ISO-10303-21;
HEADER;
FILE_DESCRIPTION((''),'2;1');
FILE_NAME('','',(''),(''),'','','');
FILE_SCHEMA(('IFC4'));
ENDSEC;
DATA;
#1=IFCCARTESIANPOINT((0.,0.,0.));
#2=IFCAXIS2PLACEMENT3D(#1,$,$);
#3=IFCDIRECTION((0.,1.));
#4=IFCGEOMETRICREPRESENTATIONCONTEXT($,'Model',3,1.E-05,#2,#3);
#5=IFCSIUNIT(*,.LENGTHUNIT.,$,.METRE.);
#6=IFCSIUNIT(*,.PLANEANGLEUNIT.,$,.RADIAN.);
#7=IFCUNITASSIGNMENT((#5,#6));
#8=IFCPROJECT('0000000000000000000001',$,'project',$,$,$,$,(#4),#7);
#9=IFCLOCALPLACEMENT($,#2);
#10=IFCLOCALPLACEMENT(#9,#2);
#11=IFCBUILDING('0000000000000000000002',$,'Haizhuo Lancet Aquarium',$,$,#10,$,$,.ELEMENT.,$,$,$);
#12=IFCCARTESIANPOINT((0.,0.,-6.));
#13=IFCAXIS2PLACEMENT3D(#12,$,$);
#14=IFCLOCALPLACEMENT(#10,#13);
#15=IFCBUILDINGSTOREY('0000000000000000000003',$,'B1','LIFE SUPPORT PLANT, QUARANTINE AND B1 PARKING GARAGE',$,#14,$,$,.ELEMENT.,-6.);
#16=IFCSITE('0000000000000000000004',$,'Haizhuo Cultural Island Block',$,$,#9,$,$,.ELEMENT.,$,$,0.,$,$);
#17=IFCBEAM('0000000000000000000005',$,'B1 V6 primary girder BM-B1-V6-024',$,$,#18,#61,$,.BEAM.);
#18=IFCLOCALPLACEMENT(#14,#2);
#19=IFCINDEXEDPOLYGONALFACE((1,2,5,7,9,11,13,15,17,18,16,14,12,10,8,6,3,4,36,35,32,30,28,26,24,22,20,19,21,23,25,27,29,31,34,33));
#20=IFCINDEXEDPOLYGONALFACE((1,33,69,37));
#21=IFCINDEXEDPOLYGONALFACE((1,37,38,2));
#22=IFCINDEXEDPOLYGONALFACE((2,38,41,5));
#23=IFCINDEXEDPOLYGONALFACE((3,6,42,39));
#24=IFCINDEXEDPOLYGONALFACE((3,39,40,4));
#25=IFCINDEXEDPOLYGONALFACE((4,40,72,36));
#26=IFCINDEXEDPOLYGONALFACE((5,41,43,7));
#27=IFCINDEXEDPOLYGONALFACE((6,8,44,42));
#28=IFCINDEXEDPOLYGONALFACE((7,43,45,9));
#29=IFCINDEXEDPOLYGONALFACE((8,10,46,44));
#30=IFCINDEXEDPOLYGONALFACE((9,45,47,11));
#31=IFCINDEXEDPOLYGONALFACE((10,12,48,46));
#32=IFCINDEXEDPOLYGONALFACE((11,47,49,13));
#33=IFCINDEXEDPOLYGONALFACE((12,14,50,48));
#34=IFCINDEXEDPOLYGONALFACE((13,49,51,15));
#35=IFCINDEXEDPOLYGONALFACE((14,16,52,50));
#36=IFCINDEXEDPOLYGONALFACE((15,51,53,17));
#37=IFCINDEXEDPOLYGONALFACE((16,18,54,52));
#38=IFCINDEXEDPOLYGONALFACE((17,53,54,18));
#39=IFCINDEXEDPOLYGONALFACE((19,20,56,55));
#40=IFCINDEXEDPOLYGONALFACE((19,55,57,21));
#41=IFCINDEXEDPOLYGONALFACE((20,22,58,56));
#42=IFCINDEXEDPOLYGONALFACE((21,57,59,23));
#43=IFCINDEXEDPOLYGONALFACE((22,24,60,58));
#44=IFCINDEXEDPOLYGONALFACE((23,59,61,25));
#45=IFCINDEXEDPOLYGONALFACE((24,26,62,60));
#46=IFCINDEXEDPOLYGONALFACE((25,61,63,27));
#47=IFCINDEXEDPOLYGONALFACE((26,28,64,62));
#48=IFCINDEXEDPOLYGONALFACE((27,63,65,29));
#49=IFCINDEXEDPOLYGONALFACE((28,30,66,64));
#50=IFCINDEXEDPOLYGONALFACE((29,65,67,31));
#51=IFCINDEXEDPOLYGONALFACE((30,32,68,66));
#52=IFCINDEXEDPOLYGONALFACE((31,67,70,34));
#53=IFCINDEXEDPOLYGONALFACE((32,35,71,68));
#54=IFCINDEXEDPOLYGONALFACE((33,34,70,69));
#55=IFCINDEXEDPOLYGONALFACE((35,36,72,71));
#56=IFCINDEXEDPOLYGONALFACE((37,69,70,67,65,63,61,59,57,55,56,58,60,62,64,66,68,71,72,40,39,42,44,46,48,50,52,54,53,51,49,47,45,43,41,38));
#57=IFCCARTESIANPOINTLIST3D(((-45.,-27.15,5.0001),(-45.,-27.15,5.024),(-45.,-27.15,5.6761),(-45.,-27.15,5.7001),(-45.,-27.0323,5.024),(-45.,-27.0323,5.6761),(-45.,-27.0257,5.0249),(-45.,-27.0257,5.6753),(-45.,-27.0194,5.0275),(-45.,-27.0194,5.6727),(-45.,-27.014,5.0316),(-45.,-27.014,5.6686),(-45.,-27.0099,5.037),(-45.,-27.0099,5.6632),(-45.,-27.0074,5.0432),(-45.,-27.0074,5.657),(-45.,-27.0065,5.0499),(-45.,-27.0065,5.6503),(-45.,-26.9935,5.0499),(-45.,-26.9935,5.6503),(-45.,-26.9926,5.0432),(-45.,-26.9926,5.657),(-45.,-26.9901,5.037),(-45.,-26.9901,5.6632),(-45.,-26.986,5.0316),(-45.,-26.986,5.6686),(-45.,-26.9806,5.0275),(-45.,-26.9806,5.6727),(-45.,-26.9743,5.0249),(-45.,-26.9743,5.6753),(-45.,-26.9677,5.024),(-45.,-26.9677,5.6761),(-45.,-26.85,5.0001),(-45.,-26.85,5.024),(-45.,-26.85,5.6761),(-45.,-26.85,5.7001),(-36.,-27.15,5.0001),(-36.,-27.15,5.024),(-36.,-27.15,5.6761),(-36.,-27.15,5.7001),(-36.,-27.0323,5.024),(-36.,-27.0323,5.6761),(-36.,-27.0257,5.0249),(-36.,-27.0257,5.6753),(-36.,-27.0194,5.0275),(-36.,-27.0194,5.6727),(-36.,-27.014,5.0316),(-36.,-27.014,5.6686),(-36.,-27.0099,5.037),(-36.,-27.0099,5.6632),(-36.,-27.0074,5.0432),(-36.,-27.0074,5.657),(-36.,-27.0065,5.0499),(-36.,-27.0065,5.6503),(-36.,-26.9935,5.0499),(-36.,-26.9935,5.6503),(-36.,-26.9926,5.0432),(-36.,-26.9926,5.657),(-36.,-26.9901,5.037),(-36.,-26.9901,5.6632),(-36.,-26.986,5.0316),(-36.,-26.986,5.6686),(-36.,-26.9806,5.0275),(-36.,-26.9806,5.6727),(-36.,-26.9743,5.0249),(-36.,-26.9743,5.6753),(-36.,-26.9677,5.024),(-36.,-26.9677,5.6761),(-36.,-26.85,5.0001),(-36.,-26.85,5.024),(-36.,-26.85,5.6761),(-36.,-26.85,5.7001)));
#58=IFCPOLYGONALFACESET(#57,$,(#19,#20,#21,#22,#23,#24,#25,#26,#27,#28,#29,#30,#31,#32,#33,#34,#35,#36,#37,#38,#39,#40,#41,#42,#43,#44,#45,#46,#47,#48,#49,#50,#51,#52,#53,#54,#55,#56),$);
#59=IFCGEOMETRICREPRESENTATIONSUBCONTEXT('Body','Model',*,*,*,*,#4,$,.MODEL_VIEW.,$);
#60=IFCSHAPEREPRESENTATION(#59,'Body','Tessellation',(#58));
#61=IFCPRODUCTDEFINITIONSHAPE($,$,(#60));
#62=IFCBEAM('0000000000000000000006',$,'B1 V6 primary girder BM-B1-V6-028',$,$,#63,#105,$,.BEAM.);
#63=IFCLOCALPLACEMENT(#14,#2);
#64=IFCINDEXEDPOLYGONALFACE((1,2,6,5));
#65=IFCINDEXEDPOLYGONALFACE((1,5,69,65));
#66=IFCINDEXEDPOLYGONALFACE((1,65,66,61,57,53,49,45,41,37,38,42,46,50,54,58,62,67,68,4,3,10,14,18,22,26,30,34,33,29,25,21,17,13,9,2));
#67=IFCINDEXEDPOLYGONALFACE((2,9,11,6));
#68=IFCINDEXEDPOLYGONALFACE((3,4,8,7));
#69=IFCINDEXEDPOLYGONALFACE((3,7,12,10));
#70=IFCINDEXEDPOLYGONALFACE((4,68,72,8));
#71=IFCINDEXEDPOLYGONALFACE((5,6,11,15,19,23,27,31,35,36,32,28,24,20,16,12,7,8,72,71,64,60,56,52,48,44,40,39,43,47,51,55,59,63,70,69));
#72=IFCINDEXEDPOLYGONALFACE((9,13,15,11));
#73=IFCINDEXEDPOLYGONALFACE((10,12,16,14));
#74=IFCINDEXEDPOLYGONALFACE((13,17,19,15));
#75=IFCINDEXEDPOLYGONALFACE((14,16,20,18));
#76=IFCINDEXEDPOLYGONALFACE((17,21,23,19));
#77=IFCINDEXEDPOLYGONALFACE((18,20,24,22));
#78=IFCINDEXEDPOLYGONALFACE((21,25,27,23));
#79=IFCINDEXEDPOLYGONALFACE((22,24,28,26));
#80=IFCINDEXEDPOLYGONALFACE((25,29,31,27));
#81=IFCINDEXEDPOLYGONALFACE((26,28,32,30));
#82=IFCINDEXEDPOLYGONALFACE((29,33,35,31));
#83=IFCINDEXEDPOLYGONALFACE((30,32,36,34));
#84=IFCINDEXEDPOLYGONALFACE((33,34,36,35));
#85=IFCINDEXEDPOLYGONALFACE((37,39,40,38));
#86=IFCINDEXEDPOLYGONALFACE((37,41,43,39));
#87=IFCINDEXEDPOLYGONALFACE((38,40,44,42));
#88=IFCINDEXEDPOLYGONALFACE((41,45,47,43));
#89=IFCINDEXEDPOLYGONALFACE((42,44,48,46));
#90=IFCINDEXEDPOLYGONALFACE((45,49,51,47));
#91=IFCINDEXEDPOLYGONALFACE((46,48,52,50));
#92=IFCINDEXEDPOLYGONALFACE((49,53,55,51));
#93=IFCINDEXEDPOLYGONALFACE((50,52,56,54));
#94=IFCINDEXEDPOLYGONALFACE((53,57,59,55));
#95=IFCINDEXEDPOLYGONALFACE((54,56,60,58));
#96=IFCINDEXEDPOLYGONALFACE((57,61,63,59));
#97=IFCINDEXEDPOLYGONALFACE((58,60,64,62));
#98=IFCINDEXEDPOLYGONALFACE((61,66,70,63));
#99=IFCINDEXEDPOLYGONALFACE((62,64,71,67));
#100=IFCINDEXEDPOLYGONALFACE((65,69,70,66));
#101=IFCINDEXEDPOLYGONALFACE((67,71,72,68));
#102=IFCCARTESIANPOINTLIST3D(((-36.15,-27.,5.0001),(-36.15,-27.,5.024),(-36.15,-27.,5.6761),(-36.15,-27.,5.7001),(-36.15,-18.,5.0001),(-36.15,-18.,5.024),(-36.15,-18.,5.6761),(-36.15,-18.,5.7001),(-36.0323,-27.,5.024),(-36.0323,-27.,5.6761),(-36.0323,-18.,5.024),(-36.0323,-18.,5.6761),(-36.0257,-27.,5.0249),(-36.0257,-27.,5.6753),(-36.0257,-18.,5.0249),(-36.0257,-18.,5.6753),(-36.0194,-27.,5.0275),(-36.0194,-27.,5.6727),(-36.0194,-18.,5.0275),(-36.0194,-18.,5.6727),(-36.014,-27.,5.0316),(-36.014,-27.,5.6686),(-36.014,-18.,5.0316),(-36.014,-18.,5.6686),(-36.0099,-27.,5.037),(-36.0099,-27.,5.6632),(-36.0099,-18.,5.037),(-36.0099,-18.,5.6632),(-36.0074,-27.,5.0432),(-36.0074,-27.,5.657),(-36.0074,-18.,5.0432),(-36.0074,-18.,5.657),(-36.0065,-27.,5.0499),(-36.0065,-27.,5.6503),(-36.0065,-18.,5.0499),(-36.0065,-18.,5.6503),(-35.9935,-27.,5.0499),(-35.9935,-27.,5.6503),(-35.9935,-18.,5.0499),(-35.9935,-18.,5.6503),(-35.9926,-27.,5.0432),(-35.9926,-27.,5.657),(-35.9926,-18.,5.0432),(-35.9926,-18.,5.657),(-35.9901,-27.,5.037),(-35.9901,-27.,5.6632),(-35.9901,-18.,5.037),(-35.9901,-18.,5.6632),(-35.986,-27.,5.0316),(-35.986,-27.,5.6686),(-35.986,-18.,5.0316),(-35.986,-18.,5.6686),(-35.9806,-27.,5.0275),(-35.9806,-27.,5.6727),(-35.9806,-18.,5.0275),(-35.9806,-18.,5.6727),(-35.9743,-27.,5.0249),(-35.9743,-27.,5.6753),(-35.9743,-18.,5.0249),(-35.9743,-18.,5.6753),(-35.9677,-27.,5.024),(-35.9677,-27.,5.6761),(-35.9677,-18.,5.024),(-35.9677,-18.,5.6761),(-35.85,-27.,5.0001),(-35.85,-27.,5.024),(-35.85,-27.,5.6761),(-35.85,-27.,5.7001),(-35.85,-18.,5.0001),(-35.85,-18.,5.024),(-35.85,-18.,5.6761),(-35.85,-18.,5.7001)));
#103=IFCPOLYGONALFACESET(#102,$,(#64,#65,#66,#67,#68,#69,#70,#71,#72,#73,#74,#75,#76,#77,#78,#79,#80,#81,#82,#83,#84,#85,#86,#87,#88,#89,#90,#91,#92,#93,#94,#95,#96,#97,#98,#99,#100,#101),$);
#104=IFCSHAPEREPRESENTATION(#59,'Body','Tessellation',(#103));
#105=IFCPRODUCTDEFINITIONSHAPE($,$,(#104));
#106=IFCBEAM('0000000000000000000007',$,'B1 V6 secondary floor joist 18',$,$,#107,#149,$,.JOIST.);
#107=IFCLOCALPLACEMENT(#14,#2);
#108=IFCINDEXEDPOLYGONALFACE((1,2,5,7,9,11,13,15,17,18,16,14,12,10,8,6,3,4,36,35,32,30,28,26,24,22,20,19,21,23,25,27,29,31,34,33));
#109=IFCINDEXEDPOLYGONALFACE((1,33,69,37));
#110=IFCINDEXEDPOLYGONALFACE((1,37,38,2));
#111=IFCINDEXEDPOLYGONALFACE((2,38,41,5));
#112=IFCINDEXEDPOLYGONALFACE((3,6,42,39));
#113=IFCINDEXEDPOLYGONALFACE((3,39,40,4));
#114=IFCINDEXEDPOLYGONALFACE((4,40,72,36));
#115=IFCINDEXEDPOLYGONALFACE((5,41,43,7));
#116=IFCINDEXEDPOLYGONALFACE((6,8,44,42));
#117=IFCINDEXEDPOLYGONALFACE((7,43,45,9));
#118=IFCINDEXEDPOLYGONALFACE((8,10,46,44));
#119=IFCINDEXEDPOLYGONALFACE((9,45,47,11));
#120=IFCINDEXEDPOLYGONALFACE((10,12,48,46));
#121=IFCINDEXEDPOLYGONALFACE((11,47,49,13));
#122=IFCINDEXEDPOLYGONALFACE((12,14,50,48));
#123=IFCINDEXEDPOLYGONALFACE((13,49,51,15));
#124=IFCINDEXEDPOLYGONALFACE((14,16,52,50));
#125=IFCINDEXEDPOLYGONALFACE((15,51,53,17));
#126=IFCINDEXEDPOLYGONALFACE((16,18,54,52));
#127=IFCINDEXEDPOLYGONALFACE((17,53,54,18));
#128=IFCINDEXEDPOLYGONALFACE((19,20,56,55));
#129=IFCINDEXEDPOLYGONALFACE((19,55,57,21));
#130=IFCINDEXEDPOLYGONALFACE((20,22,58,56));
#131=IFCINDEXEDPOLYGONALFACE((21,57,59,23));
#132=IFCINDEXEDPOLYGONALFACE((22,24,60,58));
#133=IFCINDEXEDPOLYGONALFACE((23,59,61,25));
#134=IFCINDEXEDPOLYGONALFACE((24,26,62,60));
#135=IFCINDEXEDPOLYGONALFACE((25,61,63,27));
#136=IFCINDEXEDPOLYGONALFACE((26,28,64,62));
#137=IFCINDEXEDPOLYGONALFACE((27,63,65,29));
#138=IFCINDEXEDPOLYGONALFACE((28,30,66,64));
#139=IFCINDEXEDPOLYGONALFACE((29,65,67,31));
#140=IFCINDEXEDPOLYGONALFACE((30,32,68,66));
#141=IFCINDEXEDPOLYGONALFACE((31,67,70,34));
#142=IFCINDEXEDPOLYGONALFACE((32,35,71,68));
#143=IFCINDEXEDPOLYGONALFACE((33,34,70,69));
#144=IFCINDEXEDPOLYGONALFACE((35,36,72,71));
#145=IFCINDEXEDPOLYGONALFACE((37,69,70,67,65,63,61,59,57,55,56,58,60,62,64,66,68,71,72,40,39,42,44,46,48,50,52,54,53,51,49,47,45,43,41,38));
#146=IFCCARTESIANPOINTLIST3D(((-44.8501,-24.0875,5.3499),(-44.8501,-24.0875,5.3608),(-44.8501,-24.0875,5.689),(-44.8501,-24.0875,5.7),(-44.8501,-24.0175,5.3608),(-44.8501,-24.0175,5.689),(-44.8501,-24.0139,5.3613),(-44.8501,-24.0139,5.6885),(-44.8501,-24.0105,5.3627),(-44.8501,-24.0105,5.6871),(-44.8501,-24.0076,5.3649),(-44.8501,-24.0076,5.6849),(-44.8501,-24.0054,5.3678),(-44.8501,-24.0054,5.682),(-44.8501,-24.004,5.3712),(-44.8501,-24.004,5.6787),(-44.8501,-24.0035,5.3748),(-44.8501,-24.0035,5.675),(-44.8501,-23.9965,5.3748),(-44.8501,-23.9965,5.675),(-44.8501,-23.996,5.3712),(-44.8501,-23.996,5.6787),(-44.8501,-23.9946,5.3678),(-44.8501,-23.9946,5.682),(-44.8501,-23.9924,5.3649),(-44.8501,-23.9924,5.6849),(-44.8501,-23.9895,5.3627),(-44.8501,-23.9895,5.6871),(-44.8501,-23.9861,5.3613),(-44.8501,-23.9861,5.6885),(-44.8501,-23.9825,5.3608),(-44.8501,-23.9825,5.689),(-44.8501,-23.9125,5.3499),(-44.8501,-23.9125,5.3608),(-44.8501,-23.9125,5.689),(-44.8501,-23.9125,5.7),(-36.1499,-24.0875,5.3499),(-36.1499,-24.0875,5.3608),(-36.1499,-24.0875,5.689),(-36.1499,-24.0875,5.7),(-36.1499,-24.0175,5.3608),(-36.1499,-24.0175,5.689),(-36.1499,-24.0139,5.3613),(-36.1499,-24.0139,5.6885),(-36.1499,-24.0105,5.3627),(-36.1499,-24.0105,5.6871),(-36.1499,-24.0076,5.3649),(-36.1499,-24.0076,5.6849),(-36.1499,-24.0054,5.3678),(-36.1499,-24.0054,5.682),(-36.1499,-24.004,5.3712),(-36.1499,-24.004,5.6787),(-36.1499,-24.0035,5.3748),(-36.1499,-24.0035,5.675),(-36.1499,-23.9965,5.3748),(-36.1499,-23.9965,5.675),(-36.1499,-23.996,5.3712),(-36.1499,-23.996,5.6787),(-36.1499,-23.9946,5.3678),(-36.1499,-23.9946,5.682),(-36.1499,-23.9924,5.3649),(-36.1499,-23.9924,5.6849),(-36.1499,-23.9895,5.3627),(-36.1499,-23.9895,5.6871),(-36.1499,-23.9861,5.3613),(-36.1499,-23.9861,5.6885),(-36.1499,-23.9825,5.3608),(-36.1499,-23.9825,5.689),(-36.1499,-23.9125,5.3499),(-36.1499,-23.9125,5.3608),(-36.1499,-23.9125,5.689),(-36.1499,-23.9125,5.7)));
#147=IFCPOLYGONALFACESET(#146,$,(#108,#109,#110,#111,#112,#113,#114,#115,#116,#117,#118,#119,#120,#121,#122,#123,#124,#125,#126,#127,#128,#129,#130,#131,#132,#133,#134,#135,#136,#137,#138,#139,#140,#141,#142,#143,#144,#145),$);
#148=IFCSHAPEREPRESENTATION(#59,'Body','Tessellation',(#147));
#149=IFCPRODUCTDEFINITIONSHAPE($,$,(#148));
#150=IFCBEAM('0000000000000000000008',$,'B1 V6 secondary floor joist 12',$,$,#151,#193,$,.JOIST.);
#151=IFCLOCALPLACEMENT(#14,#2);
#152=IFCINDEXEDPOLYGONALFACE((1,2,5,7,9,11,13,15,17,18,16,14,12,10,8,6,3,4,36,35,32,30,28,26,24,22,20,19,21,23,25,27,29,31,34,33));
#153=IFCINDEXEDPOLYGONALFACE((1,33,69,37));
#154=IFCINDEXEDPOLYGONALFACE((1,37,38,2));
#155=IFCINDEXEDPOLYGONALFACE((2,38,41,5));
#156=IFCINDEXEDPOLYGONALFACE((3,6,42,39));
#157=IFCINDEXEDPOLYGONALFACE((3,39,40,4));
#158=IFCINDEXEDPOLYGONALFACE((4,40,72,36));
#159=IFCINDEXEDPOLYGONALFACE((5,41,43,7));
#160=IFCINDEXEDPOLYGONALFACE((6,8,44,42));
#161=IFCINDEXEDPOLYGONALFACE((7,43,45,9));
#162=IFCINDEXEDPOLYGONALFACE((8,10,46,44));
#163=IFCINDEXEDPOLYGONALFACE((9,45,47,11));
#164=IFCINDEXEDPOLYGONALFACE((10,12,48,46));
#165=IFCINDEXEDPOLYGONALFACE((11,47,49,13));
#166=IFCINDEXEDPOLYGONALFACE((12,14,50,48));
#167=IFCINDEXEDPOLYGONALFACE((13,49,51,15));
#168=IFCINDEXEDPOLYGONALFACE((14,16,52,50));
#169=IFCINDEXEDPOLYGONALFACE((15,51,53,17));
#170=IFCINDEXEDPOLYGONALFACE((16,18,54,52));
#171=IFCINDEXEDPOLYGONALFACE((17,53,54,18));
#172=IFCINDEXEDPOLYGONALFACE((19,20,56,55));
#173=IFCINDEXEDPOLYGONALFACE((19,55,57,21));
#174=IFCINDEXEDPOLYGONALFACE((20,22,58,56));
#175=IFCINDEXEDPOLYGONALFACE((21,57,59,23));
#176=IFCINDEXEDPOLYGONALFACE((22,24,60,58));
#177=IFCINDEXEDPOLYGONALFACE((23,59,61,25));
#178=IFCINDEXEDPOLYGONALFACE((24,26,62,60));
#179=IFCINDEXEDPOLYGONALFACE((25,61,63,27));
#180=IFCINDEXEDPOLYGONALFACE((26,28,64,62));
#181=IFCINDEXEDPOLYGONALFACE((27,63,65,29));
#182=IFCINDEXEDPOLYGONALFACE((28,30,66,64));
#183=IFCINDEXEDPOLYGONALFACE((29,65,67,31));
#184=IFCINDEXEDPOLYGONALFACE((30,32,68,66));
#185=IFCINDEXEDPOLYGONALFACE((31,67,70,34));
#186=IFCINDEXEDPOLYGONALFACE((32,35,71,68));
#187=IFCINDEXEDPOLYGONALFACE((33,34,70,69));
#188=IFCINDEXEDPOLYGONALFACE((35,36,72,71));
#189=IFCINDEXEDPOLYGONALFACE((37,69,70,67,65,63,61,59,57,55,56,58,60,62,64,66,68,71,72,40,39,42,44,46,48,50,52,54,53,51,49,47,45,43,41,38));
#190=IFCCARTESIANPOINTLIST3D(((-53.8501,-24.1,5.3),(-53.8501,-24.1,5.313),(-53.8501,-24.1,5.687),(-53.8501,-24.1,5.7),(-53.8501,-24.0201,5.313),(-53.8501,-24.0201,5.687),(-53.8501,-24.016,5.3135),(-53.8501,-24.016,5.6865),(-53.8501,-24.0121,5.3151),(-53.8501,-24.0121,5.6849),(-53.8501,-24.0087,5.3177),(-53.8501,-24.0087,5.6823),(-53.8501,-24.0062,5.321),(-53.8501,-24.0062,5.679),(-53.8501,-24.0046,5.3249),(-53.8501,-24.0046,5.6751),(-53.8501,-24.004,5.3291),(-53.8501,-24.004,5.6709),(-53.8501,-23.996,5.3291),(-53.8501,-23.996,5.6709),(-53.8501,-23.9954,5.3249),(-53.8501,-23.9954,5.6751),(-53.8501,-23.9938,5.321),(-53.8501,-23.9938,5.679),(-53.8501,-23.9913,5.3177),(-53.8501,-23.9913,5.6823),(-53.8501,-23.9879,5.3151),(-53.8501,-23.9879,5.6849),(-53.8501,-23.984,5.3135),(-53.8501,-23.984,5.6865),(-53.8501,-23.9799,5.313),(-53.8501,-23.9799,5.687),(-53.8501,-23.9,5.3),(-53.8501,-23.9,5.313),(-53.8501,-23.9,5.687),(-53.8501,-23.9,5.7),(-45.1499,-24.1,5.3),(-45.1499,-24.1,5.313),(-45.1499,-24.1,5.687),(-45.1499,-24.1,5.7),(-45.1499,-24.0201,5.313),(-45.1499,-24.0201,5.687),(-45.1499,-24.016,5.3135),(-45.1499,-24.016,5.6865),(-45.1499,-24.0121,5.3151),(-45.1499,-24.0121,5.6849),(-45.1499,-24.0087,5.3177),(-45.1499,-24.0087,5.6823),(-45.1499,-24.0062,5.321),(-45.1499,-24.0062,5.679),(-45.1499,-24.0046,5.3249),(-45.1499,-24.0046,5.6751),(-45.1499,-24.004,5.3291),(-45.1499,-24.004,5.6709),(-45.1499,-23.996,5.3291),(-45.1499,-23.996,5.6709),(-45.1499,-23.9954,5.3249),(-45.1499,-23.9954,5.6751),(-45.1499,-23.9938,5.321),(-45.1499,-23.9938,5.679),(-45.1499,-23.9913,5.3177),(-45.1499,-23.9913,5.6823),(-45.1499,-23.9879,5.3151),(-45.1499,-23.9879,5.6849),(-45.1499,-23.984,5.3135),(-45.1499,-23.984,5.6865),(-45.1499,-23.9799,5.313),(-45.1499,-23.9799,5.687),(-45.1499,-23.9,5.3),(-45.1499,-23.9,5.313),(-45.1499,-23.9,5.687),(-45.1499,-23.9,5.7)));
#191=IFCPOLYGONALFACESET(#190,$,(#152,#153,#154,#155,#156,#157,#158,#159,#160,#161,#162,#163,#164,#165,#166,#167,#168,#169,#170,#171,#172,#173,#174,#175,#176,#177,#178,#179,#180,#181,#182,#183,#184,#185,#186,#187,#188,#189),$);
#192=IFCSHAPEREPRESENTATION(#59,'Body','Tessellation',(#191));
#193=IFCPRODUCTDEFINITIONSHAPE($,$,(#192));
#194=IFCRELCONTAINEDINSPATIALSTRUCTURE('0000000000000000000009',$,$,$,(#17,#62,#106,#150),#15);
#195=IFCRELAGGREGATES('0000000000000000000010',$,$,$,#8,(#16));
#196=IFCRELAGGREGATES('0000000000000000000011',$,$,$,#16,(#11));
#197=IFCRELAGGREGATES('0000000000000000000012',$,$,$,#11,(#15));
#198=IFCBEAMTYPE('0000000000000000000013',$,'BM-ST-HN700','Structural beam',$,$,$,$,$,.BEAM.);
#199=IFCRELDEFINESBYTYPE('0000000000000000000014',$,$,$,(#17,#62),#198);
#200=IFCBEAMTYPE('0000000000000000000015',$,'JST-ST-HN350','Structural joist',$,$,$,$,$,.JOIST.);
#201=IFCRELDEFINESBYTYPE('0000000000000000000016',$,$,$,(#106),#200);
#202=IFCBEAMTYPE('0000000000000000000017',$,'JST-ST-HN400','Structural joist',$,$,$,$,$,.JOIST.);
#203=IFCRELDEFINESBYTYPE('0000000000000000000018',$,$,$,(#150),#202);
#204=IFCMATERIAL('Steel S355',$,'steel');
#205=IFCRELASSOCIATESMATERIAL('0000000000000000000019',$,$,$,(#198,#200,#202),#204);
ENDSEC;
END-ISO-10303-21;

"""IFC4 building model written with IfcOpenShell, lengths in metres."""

from ifc_helpers import new_model, si_unit, direction, frame, origin, origin_2d, place, context, subcontext, project, spatial, i_section, extrude, material, material_profile, profile_set, type_object, element, save


model = new_model("IFC4")

# Units and contexts
model_context = context("Model", 3, precision=1e-05, world=origin(), true_north=direction((0.0, 1.0)))
body_context = subcontext(model_context, "Body", "Model", "MODEL_VIEW")
ifc_project = project(units=[si_unit("LENGTHUNIT", "METRE"), si_unit("PLANEANGLEUNIT", "RADIAN")], contexts=[model_context])

# Site, building, storey
site_placement = place(None, origin())
site = spatial("IfcSite", under=ifc_project, at=site_placement, Name="Haizhuo Cultural Island Block", CompositionType="ELEMENT", RefElevation=0.0)
building_placement = place(site_placement, origin())
building = spatial("IfcBuilding", under=site, at=building_placement, Name="Haizhuo Lancet Aquarium", CompositionType="ELEMENT")
storey_placement = place(building_placement, frame((0.0, 0.0, -6.0)))
storey = spatial("IfcBuildingStorey", under=building, at=storey_placement, Name="B1", Description="LIFE SUPPORT PLANT, QUARANTINE AND B1 PARKING GARAGE", CompositionType="ELEMENT", Elevation=-6.0)

# Beams
ifc_material_1 = material(Name="Steel S355", Category="steel")
ifc_material_profile_1 = material_profile(ifc_material_1, i_section(OverallWidth=0.3, OverallDepth=0.7, WebThickness=0.0129, FlangeThickness=0.0239, FilletRadius=0.0259, at=origin_2d()), Name="HN 700x300x13x24")
ifc_profile_set_1 = profile_set([ifc_material_profile_1], Name="Steel S355")
beam_type_1 = type_object("IfcBeamType", Name="BM-ST-HN700", Description="Structural beam", PredefinedType="BEAM", material=ifc_profile_set_1)
for number, where, z_axis, x_axis, name in (
    (1, (-45.0, -27.0, 5.3501), (1.0, 0.0, 0.0), (0.0, 1.0, 0.0), "B1 V6 primary girder BM-B1-V6-024"),
    (2, (-36.0, -27.0, 5.3501), (0.0, 1.0, 0.0), (-1.0, 0.0, 0.0), "B1 V6 primary girder BM-B1-V6-028"),
):
    element("IfcBeam", number, at=place(storey_placement, frame(where, z_axis=z_axis, x_axis=x_axis)), inside=storey, type_object=beam_type_1, Name=name, PredefinedType="BEAM", context=body_context, shape_type="SweptSolid", body=[
        extrude(i_section(OverallWidth=0.3, OverallDepth=0.7, WebThickness=0.0129, FlangeThickness=0.0239, FilletRadius=0.0259, at=origin_2d()), origin(), (0.0, 0.0, 1.0), 9.0),
    ])
ifc_material_profile_2 = material_profile(ifc_material_1, i_section(OverallWidth=0.175, OverallDepth=0.3501, WebThickness=0.0071, FlangeThickness=0.011, FilletRadius=0.0139, at=origin_2d()), Name="HN 350x175x7x11")
ifc_profile_set_2 = profile_set([ifc_material_profile_2], Name="Steel S355")
beam_type_2 = type_object("IfcBeamType", Name="JST-ST-HN350", Description="Structural joist", PredefinedType="JOIST", material=ifc_profile_set_2)
beam_1_placement = place(storey_placement, frame((-44.8501, -24.0, 5.5249), z_axis=(1.0, 0.0, 0.0), x_axis=(0.0, 1.0, 0.0)))
element("IfcBeam", 3, at=beam_1_placement, inside=storey, type_object=beam_type_2, Name="B1 V6 secondary floor joist 18", PredefinedType="JOIST", context=body_context, shape_type="SweptSolid", body=[
    extrude(i_section(OverallWidth=0.175, OverallDepth=0.3501, WebThickness=0.0071, FlangeThickness=0.011, FilletRadius=0.0139, at=origin_2d()), origin(), (0.0, 0.0, 1.0), 8.7002),
])
ifc_material_profile_3 = material_profile(ifc_material_1, i_section(OverallWidth=0.2, OverallDepth=0.3999, WebThickness=0.0081, FlangeThickness=0.0129, FilletRadius=0.0161, at=origin_2d()), Name="HN 400x200x8x13")
ifc_profile_set_3 = profile_set([ifc_material_profile_3], Name="Steel S355")
beam_type_3 = type_object("IfcBeamType", Name="JST-ST-HN400", Description="Structural joist", PredefinedType="JOIST", material=ifc_profile_set_3)
beam_2_placement = place(storey_placement, frame((-53.8501, -24.0, 5.5), z_axis=(1.0, 0.0, 0.0), x_axis=(0.0, 1.0, 0.0)))
element("IfcBeam", 4, at=beam_2_placement, inside=storey, type_object=beam_type_3, Name="B1 V6 secondary floor joist 12", PredefinedType="JOIST", context=body_context, shape_type="SweptSolid", body=[
    extrude(i_section(OverallWidth=0.2, OverallDepth=0.3999, WebThickness=0.0081, FlangeThickness=0.0129, FilletRadius=0.0161, at=origin_2d()), origin(), (0.0, 0.0, 1.0), 8.7002),
])

save(model, "model.ifc")
